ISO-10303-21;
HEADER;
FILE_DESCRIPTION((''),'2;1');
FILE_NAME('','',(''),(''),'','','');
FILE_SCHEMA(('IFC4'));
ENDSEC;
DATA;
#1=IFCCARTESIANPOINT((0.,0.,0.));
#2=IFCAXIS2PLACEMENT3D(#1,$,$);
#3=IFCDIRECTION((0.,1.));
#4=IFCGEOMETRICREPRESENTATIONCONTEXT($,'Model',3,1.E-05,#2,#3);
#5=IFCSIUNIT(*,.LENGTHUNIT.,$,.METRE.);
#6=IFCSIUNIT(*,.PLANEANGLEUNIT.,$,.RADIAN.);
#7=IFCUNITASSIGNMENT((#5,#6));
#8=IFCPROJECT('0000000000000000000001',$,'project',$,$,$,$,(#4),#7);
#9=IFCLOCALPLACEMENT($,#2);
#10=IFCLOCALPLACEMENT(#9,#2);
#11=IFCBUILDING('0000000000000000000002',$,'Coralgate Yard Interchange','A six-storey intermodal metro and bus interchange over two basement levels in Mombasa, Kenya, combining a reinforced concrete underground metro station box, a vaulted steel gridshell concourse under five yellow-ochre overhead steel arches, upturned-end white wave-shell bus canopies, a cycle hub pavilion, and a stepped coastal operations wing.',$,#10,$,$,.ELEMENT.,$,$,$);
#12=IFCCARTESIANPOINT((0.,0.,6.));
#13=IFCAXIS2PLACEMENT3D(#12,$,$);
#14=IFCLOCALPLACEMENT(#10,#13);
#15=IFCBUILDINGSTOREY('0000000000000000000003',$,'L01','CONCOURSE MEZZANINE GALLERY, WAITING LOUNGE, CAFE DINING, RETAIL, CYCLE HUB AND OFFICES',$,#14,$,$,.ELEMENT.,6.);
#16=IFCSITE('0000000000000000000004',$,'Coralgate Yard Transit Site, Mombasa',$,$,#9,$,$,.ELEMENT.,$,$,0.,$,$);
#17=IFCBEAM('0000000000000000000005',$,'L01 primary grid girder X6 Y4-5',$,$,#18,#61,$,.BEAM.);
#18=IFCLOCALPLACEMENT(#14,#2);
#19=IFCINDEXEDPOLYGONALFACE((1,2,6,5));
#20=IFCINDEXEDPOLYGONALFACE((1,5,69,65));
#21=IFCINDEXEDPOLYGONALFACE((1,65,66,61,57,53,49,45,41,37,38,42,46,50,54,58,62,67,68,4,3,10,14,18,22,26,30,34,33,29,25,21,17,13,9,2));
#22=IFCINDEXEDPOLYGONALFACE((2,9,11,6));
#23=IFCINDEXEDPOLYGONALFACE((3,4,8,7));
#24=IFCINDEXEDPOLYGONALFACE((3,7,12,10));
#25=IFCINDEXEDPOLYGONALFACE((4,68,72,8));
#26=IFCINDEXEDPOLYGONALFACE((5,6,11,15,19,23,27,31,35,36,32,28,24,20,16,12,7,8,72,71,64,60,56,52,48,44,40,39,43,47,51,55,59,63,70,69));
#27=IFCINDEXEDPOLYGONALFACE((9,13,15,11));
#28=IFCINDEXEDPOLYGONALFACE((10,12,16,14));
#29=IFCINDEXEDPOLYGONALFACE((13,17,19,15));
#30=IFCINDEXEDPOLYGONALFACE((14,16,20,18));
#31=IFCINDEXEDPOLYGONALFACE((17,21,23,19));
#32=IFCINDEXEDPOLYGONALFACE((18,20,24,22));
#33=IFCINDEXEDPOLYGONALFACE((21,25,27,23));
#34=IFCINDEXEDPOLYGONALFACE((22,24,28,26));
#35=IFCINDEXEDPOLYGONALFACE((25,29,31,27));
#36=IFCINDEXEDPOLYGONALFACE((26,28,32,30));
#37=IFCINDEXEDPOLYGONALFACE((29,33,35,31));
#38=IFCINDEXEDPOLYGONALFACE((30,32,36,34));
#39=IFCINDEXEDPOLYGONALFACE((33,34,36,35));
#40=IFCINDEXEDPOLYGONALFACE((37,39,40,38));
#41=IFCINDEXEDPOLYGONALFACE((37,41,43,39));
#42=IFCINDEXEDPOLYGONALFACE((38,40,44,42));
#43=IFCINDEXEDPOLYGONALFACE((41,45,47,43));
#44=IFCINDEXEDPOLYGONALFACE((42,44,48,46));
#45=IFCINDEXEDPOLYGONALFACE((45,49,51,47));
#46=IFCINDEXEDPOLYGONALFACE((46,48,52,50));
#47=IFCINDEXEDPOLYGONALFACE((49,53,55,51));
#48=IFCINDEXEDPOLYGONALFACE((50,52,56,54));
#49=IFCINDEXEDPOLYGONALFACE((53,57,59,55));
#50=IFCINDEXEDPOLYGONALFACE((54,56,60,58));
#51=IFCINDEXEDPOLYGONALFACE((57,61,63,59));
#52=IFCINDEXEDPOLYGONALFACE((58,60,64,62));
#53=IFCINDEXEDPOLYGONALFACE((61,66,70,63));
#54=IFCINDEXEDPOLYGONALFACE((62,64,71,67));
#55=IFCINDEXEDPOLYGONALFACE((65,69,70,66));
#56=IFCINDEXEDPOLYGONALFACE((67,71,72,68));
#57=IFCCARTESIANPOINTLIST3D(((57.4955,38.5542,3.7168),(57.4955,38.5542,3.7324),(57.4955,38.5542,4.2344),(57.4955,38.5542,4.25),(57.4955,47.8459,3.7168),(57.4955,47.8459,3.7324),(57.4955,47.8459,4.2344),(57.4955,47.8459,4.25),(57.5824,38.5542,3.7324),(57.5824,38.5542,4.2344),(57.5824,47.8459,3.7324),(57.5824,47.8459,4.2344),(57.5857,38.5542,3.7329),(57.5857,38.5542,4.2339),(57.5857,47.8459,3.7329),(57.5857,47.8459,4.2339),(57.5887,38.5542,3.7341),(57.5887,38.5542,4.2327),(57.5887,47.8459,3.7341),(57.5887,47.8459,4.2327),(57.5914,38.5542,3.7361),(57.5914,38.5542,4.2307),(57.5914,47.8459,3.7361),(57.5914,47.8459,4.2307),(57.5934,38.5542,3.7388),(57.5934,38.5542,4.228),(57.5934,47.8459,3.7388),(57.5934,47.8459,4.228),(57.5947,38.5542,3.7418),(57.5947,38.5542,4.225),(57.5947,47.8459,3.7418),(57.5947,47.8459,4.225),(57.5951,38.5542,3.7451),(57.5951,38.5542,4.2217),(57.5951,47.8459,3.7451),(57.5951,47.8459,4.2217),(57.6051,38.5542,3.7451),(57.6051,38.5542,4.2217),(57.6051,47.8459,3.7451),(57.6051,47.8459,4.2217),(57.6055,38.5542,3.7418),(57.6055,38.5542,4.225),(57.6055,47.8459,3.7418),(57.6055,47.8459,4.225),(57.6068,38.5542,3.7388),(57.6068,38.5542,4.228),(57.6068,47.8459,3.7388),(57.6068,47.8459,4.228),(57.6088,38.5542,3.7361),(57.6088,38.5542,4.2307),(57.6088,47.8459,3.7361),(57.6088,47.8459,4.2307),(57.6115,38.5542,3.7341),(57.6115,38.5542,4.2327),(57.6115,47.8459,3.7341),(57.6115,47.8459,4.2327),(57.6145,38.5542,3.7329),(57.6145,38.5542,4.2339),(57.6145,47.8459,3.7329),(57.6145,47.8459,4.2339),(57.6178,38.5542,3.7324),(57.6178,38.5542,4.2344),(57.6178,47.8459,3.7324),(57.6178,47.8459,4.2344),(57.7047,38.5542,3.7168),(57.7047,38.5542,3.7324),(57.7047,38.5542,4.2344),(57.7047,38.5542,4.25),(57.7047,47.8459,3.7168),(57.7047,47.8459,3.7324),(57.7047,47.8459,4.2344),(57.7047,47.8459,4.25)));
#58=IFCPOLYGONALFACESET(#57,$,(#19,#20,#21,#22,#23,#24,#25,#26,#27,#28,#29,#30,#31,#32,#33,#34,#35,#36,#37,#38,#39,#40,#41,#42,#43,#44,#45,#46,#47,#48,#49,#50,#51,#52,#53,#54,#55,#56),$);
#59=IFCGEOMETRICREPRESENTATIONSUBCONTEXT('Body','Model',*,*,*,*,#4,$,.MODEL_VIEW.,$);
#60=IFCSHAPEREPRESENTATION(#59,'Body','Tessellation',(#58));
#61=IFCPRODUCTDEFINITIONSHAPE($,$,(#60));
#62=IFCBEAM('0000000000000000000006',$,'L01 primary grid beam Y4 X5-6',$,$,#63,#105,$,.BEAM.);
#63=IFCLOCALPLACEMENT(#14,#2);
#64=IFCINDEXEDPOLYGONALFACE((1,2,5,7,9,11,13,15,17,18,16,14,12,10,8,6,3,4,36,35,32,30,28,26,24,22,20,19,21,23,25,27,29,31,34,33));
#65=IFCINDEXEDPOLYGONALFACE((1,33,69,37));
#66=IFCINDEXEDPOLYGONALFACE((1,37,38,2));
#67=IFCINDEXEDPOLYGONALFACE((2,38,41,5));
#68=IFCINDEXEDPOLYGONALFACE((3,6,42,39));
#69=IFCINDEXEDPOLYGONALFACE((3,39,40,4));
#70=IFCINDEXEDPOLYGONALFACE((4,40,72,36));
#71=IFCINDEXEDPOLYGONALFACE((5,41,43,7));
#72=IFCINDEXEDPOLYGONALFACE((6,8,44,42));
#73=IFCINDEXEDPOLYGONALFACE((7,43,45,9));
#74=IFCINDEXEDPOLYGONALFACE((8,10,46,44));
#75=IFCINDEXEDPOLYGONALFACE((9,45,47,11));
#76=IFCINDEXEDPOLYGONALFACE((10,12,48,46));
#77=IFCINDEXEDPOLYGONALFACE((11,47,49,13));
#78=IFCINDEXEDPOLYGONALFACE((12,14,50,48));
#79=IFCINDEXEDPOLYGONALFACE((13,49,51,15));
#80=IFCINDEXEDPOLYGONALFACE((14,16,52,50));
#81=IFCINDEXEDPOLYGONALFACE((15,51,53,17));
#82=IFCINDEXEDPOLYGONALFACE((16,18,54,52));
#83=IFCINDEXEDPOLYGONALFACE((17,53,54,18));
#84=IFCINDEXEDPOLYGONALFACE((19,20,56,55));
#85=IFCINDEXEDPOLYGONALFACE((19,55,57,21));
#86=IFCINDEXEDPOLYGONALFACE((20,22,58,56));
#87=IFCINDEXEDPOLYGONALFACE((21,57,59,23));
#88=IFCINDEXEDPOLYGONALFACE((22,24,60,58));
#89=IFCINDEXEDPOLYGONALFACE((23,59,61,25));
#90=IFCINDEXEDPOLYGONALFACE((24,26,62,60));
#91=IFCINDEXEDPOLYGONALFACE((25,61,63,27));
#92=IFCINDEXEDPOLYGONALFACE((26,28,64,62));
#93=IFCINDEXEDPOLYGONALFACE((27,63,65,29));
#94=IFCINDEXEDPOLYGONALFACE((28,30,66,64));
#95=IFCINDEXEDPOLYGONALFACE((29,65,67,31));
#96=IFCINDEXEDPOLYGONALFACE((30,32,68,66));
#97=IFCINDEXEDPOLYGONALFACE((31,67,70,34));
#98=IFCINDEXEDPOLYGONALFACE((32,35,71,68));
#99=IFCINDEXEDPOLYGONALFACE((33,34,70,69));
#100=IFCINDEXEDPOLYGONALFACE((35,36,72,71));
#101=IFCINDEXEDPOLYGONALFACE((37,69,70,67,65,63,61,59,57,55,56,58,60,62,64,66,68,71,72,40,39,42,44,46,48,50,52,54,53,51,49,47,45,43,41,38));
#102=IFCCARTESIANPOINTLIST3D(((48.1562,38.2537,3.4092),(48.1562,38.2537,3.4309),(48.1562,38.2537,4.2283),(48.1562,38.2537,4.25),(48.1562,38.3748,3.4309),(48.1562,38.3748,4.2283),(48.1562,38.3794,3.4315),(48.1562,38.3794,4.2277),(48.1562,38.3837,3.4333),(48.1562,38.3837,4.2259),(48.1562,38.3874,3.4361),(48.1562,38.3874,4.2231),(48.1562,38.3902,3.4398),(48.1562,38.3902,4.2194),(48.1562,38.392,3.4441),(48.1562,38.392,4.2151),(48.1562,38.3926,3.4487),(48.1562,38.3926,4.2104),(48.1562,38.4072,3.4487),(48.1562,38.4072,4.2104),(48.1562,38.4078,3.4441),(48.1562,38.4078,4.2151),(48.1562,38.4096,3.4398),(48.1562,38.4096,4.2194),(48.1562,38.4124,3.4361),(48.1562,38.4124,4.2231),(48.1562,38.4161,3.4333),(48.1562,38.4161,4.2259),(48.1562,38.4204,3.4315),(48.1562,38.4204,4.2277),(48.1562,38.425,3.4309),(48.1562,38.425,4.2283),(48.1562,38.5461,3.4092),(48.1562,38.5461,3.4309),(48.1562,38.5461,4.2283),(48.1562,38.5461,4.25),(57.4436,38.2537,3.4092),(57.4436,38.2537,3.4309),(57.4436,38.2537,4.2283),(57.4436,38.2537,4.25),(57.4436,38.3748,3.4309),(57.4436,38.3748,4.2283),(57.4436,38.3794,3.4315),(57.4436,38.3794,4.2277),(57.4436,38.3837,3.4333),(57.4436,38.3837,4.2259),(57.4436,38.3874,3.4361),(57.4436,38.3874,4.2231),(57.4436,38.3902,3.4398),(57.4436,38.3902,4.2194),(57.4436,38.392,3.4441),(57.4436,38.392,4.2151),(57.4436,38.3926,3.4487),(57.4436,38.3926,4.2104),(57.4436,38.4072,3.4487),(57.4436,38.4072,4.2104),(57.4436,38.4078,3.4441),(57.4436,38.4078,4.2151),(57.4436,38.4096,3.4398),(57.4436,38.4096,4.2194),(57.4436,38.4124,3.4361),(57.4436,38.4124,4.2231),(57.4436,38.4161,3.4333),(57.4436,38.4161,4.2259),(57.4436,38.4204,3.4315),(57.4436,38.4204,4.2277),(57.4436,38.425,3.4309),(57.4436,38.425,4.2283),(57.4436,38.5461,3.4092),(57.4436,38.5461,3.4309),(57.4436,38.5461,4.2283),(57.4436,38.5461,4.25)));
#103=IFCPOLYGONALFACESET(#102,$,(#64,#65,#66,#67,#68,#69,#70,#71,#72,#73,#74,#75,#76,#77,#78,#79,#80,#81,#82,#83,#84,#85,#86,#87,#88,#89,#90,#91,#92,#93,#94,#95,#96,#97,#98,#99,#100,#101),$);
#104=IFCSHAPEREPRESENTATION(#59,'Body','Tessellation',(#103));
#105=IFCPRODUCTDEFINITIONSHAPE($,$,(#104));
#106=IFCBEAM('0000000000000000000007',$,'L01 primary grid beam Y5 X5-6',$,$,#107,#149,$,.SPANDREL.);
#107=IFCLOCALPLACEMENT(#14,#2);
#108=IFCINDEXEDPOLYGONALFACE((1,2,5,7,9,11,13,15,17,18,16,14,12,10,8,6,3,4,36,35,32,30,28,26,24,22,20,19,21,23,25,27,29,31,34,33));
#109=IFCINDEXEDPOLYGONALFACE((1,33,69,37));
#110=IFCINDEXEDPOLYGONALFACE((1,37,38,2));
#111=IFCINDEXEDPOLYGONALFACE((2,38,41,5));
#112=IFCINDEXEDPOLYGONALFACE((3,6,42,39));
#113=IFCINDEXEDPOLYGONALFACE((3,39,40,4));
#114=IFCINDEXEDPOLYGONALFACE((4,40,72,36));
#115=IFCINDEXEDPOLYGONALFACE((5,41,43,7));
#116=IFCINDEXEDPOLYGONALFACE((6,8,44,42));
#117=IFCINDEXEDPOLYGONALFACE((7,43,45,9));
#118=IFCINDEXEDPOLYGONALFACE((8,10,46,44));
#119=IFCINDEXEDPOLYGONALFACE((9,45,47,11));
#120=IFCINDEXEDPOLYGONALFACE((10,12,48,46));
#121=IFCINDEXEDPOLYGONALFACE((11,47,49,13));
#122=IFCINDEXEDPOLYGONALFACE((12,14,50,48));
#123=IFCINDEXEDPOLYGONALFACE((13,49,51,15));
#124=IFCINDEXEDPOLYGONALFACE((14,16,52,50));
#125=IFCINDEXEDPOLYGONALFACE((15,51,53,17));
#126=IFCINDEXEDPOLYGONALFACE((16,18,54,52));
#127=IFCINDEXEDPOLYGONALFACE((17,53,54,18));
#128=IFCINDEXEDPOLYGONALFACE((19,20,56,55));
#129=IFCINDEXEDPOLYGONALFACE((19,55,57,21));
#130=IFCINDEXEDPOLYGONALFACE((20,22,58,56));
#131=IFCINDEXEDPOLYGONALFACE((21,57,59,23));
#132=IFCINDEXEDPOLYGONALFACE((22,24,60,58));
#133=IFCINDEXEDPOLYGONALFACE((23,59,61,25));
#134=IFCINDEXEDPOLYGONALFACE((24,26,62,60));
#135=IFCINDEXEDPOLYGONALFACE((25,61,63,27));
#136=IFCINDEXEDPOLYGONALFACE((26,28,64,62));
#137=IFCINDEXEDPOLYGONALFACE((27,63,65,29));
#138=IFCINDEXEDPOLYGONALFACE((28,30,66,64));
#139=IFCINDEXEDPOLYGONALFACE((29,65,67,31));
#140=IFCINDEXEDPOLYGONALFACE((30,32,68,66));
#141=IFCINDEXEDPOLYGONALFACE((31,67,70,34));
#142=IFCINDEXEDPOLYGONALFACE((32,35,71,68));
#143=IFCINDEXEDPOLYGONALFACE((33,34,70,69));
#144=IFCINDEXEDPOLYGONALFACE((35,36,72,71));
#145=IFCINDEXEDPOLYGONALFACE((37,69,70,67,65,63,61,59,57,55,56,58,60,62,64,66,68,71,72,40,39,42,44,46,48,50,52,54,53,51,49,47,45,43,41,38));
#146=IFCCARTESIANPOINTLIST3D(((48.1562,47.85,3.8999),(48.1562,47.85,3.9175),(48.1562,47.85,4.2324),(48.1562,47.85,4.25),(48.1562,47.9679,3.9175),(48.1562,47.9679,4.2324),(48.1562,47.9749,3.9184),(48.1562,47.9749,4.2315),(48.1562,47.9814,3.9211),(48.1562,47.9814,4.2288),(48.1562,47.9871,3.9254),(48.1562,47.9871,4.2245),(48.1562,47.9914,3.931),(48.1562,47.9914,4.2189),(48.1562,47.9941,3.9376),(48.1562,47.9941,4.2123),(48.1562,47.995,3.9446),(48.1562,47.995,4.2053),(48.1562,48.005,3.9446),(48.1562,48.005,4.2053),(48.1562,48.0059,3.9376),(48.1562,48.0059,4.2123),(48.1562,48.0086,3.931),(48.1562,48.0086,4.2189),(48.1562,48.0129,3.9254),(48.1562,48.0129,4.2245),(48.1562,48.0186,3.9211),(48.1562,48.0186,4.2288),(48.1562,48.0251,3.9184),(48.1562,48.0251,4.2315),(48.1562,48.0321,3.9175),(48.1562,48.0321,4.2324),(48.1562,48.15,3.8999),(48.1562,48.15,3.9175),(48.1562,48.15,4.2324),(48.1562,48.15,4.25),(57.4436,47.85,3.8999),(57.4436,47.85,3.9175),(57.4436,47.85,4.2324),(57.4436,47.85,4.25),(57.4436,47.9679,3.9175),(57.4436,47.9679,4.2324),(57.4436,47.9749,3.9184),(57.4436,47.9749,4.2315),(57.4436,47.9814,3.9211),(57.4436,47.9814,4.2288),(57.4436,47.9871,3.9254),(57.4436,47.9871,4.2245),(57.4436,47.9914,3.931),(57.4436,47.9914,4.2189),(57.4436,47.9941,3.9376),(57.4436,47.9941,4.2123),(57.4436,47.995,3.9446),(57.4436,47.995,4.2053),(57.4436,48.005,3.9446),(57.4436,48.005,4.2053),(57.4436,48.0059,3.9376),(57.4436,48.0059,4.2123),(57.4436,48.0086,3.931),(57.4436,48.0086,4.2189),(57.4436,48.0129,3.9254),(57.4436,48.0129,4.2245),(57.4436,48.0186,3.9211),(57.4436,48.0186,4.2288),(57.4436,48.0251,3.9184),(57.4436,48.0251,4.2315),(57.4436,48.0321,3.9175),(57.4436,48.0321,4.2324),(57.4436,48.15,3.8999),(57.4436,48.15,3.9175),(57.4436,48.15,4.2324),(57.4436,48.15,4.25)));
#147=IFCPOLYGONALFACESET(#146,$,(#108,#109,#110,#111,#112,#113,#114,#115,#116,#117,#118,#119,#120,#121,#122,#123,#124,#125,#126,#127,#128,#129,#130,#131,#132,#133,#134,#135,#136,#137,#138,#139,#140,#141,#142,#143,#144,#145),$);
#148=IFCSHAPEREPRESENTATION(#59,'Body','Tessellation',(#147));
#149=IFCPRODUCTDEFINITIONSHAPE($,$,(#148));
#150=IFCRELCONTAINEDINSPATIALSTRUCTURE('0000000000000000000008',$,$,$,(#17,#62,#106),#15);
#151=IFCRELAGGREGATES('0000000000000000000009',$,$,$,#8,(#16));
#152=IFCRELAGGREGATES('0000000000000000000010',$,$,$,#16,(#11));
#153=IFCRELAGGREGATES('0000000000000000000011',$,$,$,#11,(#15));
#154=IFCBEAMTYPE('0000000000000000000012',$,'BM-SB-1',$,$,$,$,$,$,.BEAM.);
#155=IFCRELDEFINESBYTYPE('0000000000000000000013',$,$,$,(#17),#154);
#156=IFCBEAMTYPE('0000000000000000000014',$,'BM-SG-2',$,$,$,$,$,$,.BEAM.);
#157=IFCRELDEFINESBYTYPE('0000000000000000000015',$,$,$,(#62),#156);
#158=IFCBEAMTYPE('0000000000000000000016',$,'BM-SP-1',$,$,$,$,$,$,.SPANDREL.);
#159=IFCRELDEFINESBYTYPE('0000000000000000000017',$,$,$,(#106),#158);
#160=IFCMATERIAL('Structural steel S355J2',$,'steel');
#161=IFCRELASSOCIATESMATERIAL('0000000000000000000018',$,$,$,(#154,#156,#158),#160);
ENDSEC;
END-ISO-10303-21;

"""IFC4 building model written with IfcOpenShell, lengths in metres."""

from ifc_helpers import new_model, si_unit, direction, frame, origin, origin_2d, place, context, subcontext, project, spatial, i_section, extrude, material, material_profile, profile_set, type_object, element, save


model = new_model("IFC4")

# Units and contexts
model_context = context("Model", 3, precision=1e-05, world=origin(), true_north=direction((0.0, 1.0)))
body_context = subcontext(model_context, "Body", "Model", "MODEL_VIEW")
ifc_project = project(units=[si_unit("LENGTHUNIT", "METRE"), si_unit("PLANEANGLEUNIT", "RADIAN")], contexts=[model_context])

# Site, building, storey
site_placement = place(None, origin())
site = spatial("IfcSite", under=ifc_project, at=site_placement, Name="Coralgate Yard Transit Site, Mombasa", CompositionType="ELEMENT", RefElevation=0.0)
building_placement = place(site_placement, origin())
building = spatial("IfcBuilding", under=site, at=building_placement, Name="Coralgate Yard Interchange", Description="A six-storey intermodal metro and bus interchange over two basement levels in Mombasa, Kenya, combining a reinforced concrete underground metro station box, a vaulted steel gridshell concourse under five yellow-ochre overhead steel arches, upturned-end white wave-shell bus canopies, a cycle hub pavilion, and a stepped coastal operations wing.", CompositionType="ELEMENT")
storey_placement = place(building_placement, frame((0.0, 0.0, 6.0)))
storey = spatial("IfcBuildingStorey", under=building, at=storey_placement, Name="L01", Description="CONCOURSE MEZZANINE GALLERY, WAITING LOUNGE, CAFE DINING, RETAIL, CYCLE HUB AND OFFICES", CompositionType="ELEMENT", Elevation=6.0)

# Shared definitions
ifc_material_1 = material(Name="Structural steel S355J2", Category="steel")

# Beams
ifc_material_profile_1 = material_profile(ifc_material_1, i_section(OverallWidth=0.2092, OverallDepth=0.5332, WebThickness=0.01, FlangeThickness=0.0156, FilletRadius=0.0127, at=origin_2d()), Name="UB 533x210x92")
ifc_profile_set_1 = profile_set([ifc_material_profile_1], Name="Structural steel S355J2")
beam_type_1 = type_object("IfcBeamType", Name="BM-SB-1", PredefinedType="BEAM", material=ifc_profile_set_1)
for number, where, z_axis, x_axis, name in (
    (1, (57.6001, 38.5542, 3.9834), (0.0, 1.0, 0.0), (-1.0, 0.0, 0.0), "L01 primary grid girder X6 Y4-5"),
):
    element("IfcBeam", number, at=place(storey_placement, frame(where, z_axis=z_axis, x_axis=x_axis)), inside=storey, type_object=beam_type_1, Name=name, PredefinedType="BEAM", context=body_context, shape_type="SweptSolid", body=[
        extrude(i_section(OverallWidth=0.2092, OverallDepth=0.5332, WebThickness=0.01, FlangeThickness=0.0156, FilletRadius=0.0127, at=origin_2d()), origin(), (0.0, 0.0, 1.0), 9.2917),
    ])
ifc_material_profile_2 = material_profile(ifc_material_1, i_section(OverallWidth=0.2925, OverallDepth=0.8408, WebThickness=0.0146, FlangeThickness=0.0217, FilletRadius=0.0178, at=origin_2d()), Name="UB 838x292x194")
ifc_profile_set_2 = profile_set([ifc_material_profile_2], Name="Structural steel S355J2")
beam_type_2 = type_object("IfcBeamType", Name="BM-SG-2", PredefinedType="BEAM", material=ifc_profile_set_2)
beam_1_placement = place(storey_placement, frame((48.1562, 38.3999, 3.8296), z_axis=(1.0, 0.0, 0.0), x_axis=(0.0, 1.0, 0.0)))
element("IfcBeam", 2, at=beam_1_placement, inside=storey, type_object=beam_type_2, Name="L01 primary grid beam Y4 X5-6", PredefinedType="BEAM", context=body_context, shape_type="SweptSolid", body=[
    extrude(i_section(OverallWidth=0.2925, OverallDepth=0.8408, WebThickness=0.0146, FlangeThickness=0.0217, FilletRadius=0.0178, at=origin_2d()), origin(), (0.0, 0.0, 1.0), 9.2874),
])
ifc_material_profile_3 = material_profile(ifc_material_1, i_section(OverallWidth=0.3, OverallDepth=0.3501, WebThickness=0.01, FlangeThickness=0.0176, FilletRadius=0.0271, at=origin_2d()), Name="HEA 360")
ifc_profile_set_3 = profile_set([ifc_material_profile_3], Name="Structural steel S355J2")
beam_type_3 = type_object("IfcBeamType", Name="BM-SP-1", PredefinedType="SPANDREL", material=ifc_profile_set_3)
beam_2_placement = place(storey_placement, frame((48.1562, 48.0, 4.075), z_axis=(1.0, 0.0, 0.0), x_axis=(0.0, 1.0, 0.0)))
element("IfcBeam", 3, at=beam_2_placement, inside=storey, type_object=beam_type_3, Name="L01 primary grid beam Y5 X5-6", PredefinedType="SPANDREL", context=body_context, shape_type="SweptSolid", body=[
    extrude(i_section(OverallWidth=0.3, OverallDepth=0.3501, WebThickness=0.01, FlangeThickness=0.0176, FilletRadius=0.0271, at=origin_2d()), origin(), (0.0, 0.0, 1.0), 9.2874),
])

save(model, "model.ifc")
